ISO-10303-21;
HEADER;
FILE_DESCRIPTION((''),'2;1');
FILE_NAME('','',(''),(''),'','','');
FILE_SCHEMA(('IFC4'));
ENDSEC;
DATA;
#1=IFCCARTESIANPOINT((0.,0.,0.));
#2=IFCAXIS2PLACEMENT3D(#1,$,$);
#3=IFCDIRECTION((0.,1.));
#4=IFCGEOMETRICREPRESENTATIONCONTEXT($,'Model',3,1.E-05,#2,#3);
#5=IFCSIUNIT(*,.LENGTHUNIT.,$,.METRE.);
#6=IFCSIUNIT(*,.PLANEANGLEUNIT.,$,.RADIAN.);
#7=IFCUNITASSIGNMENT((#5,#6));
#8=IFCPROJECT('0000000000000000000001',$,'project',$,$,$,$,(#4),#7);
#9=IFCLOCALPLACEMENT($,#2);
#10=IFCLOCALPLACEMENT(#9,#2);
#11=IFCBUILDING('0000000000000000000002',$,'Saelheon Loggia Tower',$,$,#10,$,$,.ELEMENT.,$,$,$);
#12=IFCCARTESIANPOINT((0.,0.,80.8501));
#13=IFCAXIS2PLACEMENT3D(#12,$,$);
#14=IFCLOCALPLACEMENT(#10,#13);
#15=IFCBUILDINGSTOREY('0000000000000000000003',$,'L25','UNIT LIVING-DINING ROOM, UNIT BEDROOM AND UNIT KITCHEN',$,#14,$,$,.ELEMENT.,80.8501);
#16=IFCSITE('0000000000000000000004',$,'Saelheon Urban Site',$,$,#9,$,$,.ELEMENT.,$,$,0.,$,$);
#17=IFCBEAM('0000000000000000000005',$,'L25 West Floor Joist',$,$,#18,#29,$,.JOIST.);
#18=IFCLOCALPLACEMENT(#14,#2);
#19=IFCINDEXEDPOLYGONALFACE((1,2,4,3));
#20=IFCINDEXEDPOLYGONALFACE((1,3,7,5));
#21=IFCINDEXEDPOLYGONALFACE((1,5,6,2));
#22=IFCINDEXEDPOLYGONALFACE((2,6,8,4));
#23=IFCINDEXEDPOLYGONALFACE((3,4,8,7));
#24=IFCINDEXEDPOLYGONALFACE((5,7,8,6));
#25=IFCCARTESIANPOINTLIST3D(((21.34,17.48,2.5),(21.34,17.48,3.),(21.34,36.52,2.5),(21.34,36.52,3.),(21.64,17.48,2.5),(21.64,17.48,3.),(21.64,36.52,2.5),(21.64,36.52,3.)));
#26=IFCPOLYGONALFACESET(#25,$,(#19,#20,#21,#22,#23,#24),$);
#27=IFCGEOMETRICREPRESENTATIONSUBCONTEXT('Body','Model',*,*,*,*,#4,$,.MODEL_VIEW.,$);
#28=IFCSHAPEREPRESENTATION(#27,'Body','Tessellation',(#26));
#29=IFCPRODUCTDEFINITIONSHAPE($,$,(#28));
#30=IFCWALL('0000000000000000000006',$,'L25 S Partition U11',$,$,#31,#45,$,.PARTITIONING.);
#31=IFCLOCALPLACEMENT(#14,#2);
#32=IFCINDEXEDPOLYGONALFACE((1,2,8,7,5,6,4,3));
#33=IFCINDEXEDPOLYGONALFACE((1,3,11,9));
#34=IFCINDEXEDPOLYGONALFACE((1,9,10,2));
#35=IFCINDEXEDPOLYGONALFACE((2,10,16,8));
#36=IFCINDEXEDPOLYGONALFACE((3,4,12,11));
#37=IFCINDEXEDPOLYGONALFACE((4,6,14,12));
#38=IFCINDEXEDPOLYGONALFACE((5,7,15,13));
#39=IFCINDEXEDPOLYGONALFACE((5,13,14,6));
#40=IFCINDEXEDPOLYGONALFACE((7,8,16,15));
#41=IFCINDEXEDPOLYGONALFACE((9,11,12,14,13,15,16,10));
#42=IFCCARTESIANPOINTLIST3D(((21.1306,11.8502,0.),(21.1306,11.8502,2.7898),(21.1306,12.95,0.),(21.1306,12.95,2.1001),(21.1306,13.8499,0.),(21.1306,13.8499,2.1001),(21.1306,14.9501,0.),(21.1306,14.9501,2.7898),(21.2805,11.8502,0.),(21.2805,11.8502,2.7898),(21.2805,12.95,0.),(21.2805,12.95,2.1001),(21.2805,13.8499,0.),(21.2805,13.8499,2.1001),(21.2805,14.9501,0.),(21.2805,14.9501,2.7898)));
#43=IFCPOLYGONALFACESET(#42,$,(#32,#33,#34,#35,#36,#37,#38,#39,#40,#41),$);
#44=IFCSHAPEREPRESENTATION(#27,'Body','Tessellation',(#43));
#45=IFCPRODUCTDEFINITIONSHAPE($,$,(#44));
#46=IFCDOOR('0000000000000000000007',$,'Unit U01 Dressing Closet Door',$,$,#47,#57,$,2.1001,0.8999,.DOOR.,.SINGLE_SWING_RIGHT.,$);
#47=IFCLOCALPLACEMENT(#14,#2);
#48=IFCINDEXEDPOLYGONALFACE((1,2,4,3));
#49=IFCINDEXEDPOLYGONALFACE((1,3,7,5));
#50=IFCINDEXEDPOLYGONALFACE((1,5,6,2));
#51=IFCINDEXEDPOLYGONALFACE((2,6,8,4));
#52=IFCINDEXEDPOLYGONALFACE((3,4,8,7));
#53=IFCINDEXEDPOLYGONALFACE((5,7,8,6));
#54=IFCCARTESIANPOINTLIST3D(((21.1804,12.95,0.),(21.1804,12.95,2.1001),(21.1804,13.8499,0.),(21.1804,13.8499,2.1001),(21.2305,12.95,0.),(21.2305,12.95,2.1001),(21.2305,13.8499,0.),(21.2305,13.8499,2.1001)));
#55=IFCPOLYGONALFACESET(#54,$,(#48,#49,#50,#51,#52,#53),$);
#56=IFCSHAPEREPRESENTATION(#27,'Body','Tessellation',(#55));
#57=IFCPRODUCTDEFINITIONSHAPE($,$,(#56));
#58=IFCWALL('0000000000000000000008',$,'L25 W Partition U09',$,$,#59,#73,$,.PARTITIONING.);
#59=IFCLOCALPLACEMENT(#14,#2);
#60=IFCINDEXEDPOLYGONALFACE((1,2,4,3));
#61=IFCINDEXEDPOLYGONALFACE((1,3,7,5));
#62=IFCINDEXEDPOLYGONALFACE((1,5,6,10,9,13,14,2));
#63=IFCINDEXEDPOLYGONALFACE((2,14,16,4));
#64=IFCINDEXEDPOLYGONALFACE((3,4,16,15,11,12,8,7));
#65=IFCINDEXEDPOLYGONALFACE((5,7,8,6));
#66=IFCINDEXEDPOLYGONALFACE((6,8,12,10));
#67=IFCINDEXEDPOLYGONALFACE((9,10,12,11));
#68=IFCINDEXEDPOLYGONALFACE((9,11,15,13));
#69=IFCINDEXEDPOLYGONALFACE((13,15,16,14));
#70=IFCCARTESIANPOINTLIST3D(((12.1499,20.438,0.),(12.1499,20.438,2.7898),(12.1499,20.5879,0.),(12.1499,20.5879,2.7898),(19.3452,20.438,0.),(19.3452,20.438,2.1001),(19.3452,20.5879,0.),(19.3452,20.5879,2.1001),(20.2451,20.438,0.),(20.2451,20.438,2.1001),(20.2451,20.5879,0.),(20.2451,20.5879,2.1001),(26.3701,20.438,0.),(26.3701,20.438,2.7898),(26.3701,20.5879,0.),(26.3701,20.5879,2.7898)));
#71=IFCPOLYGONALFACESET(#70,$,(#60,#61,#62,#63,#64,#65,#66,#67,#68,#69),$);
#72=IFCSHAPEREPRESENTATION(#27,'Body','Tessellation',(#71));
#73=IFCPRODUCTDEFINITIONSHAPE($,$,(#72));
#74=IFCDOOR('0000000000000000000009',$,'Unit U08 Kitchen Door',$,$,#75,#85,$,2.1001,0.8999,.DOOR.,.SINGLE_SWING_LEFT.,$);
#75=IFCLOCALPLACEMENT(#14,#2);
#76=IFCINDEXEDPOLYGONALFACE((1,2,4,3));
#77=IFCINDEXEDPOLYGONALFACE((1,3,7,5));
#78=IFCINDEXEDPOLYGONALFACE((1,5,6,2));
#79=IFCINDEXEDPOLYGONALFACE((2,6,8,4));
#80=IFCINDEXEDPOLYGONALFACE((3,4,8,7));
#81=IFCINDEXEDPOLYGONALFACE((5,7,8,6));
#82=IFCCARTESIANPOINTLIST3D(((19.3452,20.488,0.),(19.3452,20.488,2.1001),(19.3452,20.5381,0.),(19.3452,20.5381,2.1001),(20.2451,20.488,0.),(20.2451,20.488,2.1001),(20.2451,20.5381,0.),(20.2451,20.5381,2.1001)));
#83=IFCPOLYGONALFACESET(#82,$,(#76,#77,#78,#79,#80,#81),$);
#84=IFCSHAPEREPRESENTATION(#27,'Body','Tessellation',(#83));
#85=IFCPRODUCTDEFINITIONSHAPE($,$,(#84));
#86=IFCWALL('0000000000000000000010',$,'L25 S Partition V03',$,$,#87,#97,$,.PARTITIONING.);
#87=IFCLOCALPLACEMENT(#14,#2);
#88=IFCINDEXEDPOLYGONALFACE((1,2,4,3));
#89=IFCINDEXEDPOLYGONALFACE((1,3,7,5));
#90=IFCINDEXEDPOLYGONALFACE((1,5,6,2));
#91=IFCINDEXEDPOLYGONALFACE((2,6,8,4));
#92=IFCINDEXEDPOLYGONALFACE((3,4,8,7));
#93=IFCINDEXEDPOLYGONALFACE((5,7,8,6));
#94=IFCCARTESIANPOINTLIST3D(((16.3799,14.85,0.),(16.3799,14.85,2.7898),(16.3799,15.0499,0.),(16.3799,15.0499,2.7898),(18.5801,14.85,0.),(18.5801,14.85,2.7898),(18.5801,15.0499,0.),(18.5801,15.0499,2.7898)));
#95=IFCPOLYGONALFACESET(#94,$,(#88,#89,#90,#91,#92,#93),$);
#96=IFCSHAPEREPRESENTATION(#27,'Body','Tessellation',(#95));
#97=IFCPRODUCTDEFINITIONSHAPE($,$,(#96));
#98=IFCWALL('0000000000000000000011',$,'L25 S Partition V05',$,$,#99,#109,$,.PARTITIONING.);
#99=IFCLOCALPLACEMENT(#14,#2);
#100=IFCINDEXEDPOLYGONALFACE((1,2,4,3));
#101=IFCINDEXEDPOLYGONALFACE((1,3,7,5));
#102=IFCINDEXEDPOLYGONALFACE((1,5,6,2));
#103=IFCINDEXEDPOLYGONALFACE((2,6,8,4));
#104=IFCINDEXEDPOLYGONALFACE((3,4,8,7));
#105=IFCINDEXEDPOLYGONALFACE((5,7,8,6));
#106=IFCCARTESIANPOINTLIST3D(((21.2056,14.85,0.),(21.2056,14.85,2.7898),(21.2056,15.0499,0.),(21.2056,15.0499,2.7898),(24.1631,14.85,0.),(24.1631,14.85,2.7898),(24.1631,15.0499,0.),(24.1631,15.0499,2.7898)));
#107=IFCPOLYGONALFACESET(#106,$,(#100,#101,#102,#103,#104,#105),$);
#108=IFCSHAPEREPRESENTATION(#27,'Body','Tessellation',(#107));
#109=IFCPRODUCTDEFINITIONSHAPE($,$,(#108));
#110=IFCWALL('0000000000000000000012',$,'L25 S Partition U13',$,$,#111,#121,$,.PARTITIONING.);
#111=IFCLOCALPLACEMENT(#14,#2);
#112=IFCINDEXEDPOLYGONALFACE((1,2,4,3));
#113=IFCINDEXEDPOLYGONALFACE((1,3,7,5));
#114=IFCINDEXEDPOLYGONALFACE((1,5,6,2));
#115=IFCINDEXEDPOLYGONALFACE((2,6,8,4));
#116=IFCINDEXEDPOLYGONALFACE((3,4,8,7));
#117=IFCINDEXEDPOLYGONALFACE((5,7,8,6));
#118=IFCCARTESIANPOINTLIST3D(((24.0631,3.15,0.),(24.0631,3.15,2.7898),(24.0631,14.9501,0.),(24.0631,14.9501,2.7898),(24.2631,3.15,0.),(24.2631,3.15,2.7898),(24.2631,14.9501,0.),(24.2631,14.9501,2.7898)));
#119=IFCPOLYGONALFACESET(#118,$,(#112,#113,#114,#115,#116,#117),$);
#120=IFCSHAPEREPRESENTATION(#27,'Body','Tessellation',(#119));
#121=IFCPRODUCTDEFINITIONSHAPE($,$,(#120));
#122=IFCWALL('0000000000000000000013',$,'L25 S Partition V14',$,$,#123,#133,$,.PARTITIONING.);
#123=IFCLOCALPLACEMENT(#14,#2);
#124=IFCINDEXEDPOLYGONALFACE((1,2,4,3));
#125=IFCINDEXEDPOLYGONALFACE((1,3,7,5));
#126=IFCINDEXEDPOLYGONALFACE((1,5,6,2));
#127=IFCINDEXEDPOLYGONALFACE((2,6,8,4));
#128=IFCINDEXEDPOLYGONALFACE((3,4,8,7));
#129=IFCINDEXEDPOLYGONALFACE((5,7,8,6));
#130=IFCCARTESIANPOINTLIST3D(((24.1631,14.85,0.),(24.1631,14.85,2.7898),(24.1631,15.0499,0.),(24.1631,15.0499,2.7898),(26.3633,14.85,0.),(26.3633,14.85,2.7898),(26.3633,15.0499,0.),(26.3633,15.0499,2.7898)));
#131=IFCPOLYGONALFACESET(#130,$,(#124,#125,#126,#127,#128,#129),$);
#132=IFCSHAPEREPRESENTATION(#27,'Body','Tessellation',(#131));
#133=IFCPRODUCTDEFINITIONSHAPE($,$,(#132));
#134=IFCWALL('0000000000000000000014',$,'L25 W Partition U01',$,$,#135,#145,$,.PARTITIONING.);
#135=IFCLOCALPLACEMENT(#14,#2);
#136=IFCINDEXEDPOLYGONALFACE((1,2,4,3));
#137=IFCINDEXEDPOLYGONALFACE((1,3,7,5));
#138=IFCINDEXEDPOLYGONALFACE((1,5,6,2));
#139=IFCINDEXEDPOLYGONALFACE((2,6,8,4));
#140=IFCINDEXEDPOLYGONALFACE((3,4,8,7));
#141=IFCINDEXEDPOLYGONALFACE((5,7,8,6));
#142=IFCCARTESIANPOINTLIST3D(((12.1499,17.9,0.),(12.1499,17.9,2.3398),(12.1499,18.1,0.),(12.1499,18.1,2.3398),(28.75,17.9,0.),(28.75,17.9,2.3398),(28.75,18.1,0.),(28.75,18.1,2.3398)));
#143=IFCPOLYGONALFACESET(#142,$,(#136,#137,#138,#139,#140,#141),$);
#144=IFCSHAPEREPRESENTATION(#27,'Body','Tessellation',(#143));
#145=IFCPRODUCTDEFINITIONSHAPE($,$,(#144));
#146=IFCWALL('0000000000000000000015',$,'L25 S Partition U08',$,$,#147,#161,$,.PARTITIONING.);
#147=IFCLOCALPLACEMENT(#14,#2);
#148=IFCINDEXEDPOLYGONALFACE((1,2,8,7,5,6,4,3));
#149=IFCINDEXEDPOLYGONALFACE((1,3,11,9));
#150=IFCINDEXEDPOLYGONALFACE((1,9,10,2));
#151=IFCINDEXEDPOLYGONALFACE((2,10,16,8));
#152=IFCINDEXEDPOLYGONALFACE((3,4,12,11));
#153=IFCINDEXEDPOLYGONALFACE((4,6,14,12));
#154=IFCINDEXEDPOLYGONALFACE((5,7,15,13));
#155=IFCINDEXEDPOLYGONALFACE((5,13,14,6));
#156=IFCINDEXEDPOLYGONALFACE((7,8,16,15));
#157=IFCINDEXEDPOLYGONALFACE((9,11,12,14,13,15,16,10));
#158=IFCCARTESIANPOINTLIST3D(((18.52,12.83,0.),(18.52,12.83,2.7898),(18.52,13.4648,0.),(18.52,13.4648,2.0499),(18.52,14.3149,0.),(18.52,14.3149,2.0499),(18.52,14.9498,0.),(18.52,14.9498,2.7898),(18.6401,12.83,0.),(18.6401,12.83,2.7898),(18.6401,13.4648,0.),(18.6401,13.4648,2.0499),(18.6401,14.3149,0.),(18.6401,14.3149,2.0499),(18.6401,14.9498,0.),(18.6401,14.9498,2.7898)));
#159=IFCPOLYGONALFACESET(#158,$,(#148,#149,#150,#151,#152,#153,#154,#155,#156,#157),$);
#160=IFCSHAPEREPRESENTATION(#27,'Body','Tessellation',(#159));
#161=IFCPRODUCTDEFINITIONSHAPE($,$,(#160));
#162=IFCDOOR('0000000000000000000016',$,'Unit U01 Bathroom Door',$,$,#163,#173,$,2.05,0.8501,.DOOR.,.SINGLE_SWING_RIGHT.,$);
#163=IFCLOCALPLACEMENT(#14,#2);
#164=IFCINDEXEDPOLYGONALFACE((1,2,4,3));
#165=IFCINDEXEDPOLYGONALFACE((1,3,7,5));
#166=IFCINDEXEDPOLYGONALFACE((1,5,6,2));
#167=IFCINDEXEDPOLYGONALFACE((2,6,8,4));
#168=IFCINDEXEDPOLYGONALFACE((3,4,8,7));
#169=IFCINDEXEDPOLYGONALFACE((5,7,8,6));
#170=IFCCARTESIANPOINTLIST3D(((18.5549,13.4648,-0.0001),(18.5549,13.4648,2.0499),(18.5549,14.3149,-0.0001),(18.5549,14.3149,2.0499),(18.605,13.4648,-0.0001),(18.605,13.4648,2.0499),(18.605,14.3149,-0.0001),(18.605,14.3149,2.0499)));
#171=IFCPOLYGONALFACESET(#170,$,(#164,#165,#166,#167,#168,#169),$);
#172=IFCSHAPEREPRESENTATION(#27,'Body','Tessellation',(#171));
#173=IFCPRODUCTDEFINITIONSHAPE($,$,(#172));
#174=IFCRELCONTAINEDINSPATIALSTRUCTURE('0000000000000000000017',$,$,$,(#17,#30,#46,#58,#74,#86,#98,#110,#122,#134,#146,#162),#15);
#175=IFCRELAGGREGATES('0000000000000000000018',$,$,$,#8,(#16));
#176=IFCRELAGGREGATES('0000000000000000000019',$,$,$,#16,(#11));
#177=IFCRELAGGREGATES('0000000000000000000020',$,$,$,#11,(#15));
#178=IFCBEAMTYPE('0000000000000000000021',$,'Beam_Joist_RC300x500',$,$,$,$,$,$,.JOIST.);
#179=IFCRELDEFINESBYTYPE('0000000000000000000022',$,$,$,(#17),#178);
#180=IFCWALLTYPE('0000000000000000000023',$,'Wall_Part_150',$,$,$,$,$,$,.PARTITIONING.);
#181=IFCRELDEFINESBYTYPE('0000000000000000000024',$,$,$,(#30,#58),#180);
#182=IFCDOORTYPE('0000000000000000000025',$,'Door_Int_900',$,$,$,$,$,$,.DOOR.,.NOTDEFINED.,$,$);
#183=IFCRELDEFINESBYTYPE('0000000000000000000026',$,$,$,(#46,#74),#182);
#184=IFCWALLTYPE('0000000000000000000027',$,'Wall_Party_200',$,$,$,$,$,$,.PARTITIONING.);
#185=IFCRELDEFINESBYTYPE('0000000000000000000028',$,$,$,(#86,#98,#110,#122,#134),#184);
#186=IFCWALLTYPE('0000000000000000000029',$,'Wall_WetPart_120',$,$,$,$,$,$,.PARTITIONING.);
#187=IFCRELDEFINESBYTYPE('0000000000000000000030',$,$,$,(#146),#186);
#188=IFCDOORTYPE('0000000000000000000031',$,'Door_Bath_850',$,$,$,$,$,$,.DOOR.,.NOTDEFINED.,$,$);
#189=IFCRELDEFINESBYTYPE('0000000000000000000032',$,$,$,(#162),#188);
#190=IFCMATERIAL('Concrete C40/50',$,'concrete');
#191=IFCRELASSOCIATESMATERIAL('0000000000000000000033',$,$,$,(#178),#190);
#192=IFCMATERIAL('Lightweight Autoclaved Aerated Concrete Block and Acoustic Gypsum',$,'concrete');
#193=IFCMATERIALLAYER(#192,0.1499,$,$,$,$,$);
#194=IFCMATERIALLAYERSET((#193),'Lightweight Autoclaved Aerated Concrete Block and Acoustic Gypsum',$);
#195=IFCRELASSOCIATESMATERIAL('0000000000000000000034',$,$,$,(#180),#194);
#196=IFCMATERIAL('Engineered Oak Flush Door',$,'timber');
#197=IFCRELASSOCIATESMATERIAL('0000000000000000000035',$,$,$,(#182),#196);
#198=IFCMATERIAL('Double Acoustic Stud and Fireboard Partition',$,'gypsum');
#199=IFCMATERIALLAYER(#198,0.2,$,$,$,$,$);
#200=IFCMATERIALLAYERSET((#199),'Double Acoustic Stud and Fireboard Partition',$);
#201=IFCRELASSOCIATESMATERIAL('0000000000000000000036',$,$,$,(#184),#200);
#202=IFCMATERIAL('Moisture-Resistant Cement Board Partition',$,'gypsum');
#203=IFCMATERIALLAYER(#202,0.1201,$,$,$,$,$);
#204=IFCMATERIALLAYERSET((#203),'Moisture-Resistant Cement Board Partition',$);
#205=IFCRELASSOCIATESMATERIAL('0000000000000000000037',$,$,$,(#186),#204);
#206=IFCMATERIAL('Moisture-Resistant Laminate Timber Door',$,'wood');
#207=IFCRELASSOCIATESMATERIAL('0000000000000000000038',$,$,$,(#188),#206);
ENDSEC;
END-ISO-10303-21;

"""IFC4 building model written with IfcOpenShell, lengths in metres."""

from ifc_helpers import new_model, si_unit, direction, frame, frame_2d, origin, origin_2d, place, context, subcontext, project, spatial, rectangle, extrude, source, transform, mapped, material, layer, layer_set, material_profile, profile_set, type_object, element, fill, save


model = new_model("IFC4")

# Units and contexts
model_context = context("Model", 3, precision=1e-05, world=origin(), true_north=direction((0.0, 1.0)))
body_context = subcontext(model_context, "Body", "Model", "MODEL_VIEW")
ifc_project = project(units=[si_unit("LENGTHUNIT", "METRE"), si_unit("PLANEANGLEUNIT", "RADIAN")], contexts=[model_context])

# Site, building, storey
site_placement = place(None, origin())
site = spatial("IfcSite", under=ifc_project, at=site_placement, Name="Saelheon Urban Site", CompositionType="ELEMENT", RefElevation=0.0)
building_placement = place(site_placement, origin())
building = spatial("IfcBuilding", under=site, at=building_placement, Name="Saelheon Loggia Tower", CompositionType="ELEMENT")
storey_placement = place(building_placement, frame((0.0, 0.0, 80.8501)))
storey = spatial("IfcBuildingStorey", under=building, at=storey_placement, Name="L25", Description="UNIT LIVING-DINING ROOM, UNIT BEDROOM AND UNIT KITCHEN", CompositionType="ELEMENT", Elevation=80.8501)

# Beam
ifc_material_1 = material(Name="Concrete C40/50", Category="concrete")
ifc_material_profile = material_profile(ifc_material_1, rectangle(XDim=0.3, YDim=0.5, at=origin_2d()), Name="RC-300x500")
ifc_profile_set = profile_set([ifc_material_profile], Name="Concrete C40/50")
beam_type = type_object("IfcBeamType", Name="Beam_Joist_RC300x500", PredefinedType="JOIST", material=ifc_profile_set)
shared_shape_1 = source(origin(), body_context, "Body", "SweptSolid", [
    extrude(rectangle(XDim=0.3, YDim=0.5, at=origin_2d()), origin(), (0.0, 0.0, 1.0), 19.04),
])
beam_placement = place(storey_placement, frame((21.49, 17.48, 2.75), z_axis=(0.0, 1.0, 0.0), x_axis=(-1.0, 0.0, 0.0)))
element("IfcBeam", 1, at=beam_placement, inside=storey, type_object=beam_type, Name="L25 West Floor Joist", PredefinedType="JOIST", context=body_context, shape_type="MappedRepresentation", body=[
    mapped(shared_shape_1, transform((0.0, 0.0, 0.0), scale=1.0)),
])

# Walls, openings, doors
ifc_material_2 = material(Name="Lightweight Autoclaved Aerated Concrete Block and Acoustic Gypsum", Category="concrete")
ifc_layer_1 = layer(ifc_material_2, 0.1499)
ifc_layer_set_1 = layer_set([ifc_layer_1], Name="Lightweight Autoclaved Aerated Concrete Block and Acoustic Gypsum")
wall_type_1 = type_object("IfcWallType", Name="Wall_Part_150", PredefinedType="PARTITIONING", material=ifc_layer_set_1)
wall_1_placement = place(storey_placement, frame((21.2056, 14.95, 0.0), z_axis=(0.0, 0.0, 1.0), x_axis=(0.0, -1.0, 0.0)))
wall_1 = element("IfcWall", 2, at=wall_1_placement, inside=storey, type_object=wall_type_1, Name="L25 S Partition U11", PredefinedType="PARTITIONING", context=body_context, shape_type="SweptSolid", body=[
    extrude(rectangle(XDim=3.0999, YDim=0.1499, at=frame_2d((1.5498, 0.0))), origin(), (0.0, 0.0, 1.0), 2.7898),
])
opening_1_placement = place(wall_1_placement, frame((1.1001, 0.0, 0.0)))
opening_1 = element("IfcOpeningElement", 3, at=opening_1_placement, cuts=wall_1, PredefinedType="OPENING", context=body_context, shape_type="SweptSolid", body=[
    extrude(rectangle(XDim=0.8999, YDim=2.1001, at=frame_2d((0.45, 1.05))), frame((0.0, 0.0869, 0.0), z_axis=(0.0, -1.0, 0.0), x_axis=(1.0, 0.0, 0.0)), (0.0, 0.0, 1.0), 0.1738),
])
ifc_material_3 = material(Name="Engineered Oak Flush Door", Category="timber")
door_type_1 = type_object("IfcDoorType", Name="Door_Int_900", OperationType="NOTDEFINED", PredefinedType="DOOR", material=ifc_material_3)
shared_shape_2 = source(origin(), body_context, "Body", "SweptSolid", [
    extrude(rectangle(XDim=0.8999, YDim=2.1001, at=frame_2d((0.45, 1.05))), frame((0.0, 0.0249, 0.0), z_axis=(0.0, -1.0, 0.0), x_axis=(1.0, 0.0, 0.0)), (0.0, 0.0, 1.0), 0.05),
])
door_1_placement = place(opening_1_placement, origin())
door_1 = element("IfcDoor", 4, at=door_1_placement, inside=storey, type_object=door_type_1, Name="Unit U01 Dressing Closet Door", OperationType="SINGLE_SWING_RIGHT", OverallHeight=2.1001, OverallWidth=0.8999, PredefinedType="DOOR", context=body_context, shape_type="MappedRepresentation", body=[
    mapped(shared_shape_2, transform((0.0, 0.0, 0.0), scale=1.0)),
])
fill(opening_1, door_1)
wall_2_placement = place(storey_placement, frame((26.3701, 20.5129, 0.0), z_axis=(0.0, 0.0, 1.0), x_axis=(-1.0, 0.0, 0.0)))
wall_2 = element("IfcWall", 5, at=wall_2_placement, inside=storey, type_object=wall_type_1, Name="L25 W Partition U09", PredefinedType="PARTITIONING", context=body_context, shape_type="SweptSolid", body=[
    extrude(rectangle(XDim=14.2202, YDim=0.1499, at=frame_2d((7.1101, 0.0))), origin(), (0.0, 0.0, 1.0), 2.7898),
])
opening_2_placement = place(wall_2_placement, frame((6.125, 0.0, 0.0)))
opening_2 = element("IfcOpeningElement", 6, at=opening_2_placement, cuts=wall_2, PredefinedType="OPENING", context=body_context, shape_type="SweptSolid", body=[
    extrude(rectangle(XDim=0.8999, YDim=2.1001, at=frame_2d((0.45, 1.05))), frame((0.0, 0.0869, 0.0), z_axis=(0.0, -1.0, 0.0), x_axis=(1.0, 0.0, 0.0)), (0.0, 0.0, 1.0), 0.1738),
])
door_2_placement = place(opening_2_placement, origin())
door_2 = element("IfcDoor", 7, at=door_2_placement, inside=storey, type_object=door_type_1, Name="Unit U08 Kitchen Door", OperationType="SINGLE_SWING_LEFT", OverallHeight=2.1001, OverallWidth=0.8999, PredefinedType="DOOR", context=body_context, shape_type="MappedRepresentation", body=[
    mapped(shared_shape_2, transform((0.0, 0.0, 0.0), scale=1.0)),
])
fill(opening_2, door_2)

# Wall
ifc_material_4 = material(Name="Double Acoustic Stud and Fireboard Partition", Category="gypsum")
ifc_layer_2 = layer(ifc_material_4, 0.2)
ifc_layer_set_2 = layer_set([ifc_layer_2], Name="Double Acoustic Stud and Fireboard Partition")
wall_type_2 = type_object("IfcWallType", Name="Wall_Party_200", PredefinedType="PARTITIONING", material=ifc_layer_set_2)
wall_3_placement = place(storey_placement, frame((16.3799, 14.95, 0.0), z_axis=(0.0, 0.0, 1.0), x_axis=(1.0, 0.0, 0.0)))
element("IfcWall", 8, at=wall_3_placement, inside=storey, type_object=wall_type_2, Name="L25 S Partition V03", PredefinedType="PARTITIONING", context=body_context, shape_type="SweptSolid", body=[
    extrude(rectangle(XDim=2.2002, YDim=0.2, at=frame_2d((1.1001, 0.0))), origin(), (0.0, 0.0, 1.0), 2.7898),
])

# Walls
wall_4_placement = place(storey_placement, frame((21.2056, 14.95, 0.0), z_axis=(0.0, 0.0, 1.0), x_axis=(1.0, 0.0, 0.0)))
element("IfcWall", 9, at=wall_4_placement, inside=storey, type_object=wall_type_2, Name="L25 S Partition V05", PredefinedType="PARTITIONING", context=body_context, shape_type="SweptSolid", body=[
    extrude(rectangle(XDim=2.9575, YDim=0.2, at=frame_2d((1.4788, 0.0))), origin(), (0.0, 0.0, 1.0), 2.7898),
])
wall_5_placement = place(storey_placement, frame((24.1631, 14.95, 0.0), z_axis=(0.0, 0.0, 1.0), x_axis=(0.0, -1.0, 0.0)))
element("IfcWall", 10, at=wall_5_placement, inside=storey, type_object=wall_type_2, Name="L25 S Partition U13", PredefinedType="PARTITIONING", context=body_context, shape_type="SweptSolid", body=[
    extrude(rectangle(XDim=11.8, YDim=0.2, at=frame_2d((5.8999, 0.0))), origin(), (0.0, 0.0, 1.0), 2.7898),
])
wall_6_placement = place(storey_placement, frame((24.1631, 14.95, 0.0), z_axis=(0.0, 0.0, 1.0), x_axis=(1.0, 0.0, 0.0)))
element("IfcWall", 11, at=wall_6_placement, inside=storey, type_object=wall_type_2, Name="L25 S Partition V14", PredefinedType="PARTITIONING", context=body_context, shape_type="SweptSolid", body=[
    extrude(rectangle(XDim=2.2002, YDim=0.2, at=frame_2d((1.1001, 0.0))), origin(), (0.0, 0.0, 1.0), 2.7898),
])

# Wall
wall_7_placement = place(storey_placement, frame((28.75, 18.0, 0.0), z_axis=(0.0, 0.0, 1.0), x_axis=(-1.0, 0.0, 0.0)))
element("IfcWall", 12, at=wall_7_placement, inside=storey, type_object=wall_type_2, Name="L25 W Partition U01", PredefinedType="PARTITIONING", context=body_context, shape_type="SweptSolid", body=[
    extrude(rectangle(XDim=16.6001, YDim=0.2, at=frame_2d((8.3, 0.0))), origin(), (0.0, 0.0, 1.0), 2.3398),
])

# Wall, opening, door
ifc_material_5 = material(Name="Moisture-Resistant Cement Board Partition", Category="gypsum")
ifc_layer_3 = layer(ifc_material_5, 0.1201)
ifc_layer_set_3 = layer_set([ifc_layer_3], Name="Moisture-Resistant Cement Board Partition")
wall_type_3 = type_object("IfcWallType", Name="Wall_WetPart_120", PredefinedType="PARTITIONING", material=ifc_layer_set_3)
wall_8_placement = place(storey_placement, frame((18.5801, 14.95, 0.0), z_axis=(0.0, 0.0, 1.0), x_axis=(0.0, -1.0, 0.0)))
wall_8 = element("IfcWall", 13, at=wall_8_placement, inside=storey, type_object=wall_type_3, Name="L25 S Partition U08", PredefinedType="PARTITIONING", context=body_context, shape_type="SweptSolid", body=[
    extrude(rectangle(XDim=2.1199, YDim=0.1201, at=frame_2d((1.0601, 0.0))), origin(), (0.0, 0.0, 1.0), 2.7898),
])
opening_3_placement = place(wall_8_placement, frame((0.635, 0.0, 0.0)))
opening_3 = element("IfcOpeningElement", 14, at=opening_3_placement, cuts=wall_8, PredefinedType="OPENING", context=body_context, shape_type="SweptSolid", body=[
    extrude(rectangle(XDim=0.8501, YDim=2.05, at=frame_2d((0.425, 1.0249))), frame((0.0, 0.072, 0.0), z_axis=(0.0, -1.0, 0.0), x_axis=(1.0, 0.0, 0.0)), (0.0, 0.0, 1.0), 0.144),
])
ifc_material_6 = material(Name="Moisture-Resistant Laminate Timber Door", Category="wood")
door_type_2 = type_object("IfcDoorType", Name="Door_Bath_850", OperationType="NOTDEFINED", PredefinedType="DOOR", material=ifc_material_6)
shared_shape_3 = source(origin(), body_context, "Body", "SweptSolid", [
    extrude(rectangle(XDim=0.8501, YDim=2.05, at=frame_2d((0.425, 1.0249))), frame((0.0, 0.0249, 0.0), z_axis=(0.0, -1.0, 0.0), x_axis=(1.0, 0.0, 0.0)), (0.0, 0.0, 1.0), 0.05),
])
door_3_placement = place(opening_3_placement, origin())
door_3 = element("IfcDoor", 15, at=door_3_placement, inside=storey, type_object=door_type_2, Name="Unit U01 Bathroom Door", OperationType="SINGLE_SWING_RIGHT", OverallHeight=2.05, OverallWidth=0.8501, PredefinedType="DOOR", context=body_context, shape_type="MappedRepresentation", body=[
    mapped(shared_shape_3, transform((0.0, 0.0, 0.0), scale=1.0)),
])
fill(opening_3, door_3)

save(model, "model.ifc")
